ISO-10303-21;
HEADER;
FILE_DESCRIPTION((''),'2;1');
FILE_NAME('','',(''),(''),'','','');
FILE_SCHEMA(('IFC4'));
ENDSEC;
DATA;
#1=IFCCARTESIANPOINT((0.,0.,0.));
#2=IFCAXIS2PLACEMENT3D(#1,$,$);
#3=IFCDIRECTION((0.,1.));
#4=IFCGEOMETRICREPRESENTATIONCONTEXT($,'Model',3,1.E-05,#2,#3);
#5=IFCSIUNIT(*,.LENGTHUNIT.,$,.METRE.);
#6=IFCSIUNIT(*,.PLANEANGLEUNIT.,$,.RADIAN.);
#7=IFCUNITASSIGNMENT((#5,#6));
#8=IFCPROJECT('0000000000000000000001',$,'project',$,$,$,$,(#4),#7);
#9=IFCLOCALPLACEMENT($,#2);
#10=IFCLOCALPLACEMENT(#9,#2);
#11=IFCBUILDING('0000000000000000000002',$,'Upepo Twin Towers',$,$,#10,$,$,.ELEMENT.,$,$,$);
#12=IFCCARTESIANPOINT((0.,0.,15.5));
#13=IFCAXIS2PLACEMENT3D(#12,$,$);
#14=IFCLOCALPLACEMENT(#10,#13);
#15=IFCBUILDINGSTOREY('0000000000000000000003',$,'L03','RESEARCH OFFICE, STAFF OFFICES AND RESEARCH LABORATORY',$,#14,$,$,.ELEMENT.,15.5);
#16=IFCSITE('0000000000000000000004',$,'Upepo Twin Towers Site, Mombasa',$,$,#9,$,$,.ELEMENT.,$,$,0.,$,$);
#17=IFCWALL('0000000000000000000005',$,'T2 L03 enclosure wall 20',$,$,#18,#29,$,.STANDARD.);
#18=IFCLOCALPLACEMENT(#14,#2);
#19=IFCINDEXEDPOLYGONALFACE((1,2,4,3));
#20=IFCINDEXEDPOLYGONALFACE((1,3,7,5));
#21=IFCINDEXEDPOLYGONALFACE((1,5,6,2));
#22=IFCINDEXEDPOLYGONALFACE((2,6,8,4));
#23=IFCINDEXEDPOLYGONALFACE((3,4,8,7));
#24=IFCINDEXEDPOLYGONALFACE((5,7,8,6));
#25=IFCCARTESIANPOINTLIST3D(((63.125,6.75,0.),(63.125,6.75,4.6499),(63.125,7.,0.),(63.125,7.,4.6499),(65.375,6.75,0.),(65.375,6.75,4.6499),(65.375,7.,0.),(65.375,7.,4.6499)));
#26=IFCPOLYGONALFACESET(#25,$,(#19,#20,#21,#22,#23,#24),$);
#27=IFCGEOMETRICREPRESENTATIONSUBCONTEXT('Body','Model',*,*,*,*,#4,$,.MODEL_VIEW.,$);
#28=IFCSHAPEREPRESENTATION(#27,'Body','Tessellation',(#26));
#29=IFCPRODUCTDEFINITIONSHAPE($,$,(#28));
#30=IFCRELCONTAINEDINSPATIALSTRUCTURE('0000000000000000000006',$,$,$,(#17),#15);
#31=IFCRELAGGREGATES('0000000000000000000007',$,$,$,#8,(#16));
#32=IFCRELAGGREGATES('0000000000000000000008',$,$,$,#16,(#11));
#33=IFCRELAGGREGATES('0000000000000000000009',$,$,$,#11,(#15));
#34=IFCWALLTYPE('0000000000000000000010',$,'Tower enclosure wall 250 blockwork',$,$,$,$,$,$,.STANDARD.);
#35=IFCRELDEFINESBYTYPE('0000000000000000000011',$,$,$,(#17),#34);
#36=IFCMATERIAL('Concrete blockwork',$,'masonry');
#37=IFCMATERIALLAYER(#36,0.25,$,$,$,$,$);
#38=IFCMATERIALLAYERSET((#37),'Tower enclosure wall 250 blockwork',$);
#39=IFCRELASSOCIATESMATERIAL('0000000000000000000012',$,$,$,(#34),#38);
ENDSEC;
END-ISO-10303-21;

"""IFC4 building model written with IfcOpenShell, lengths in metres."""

from ifc_helpers import new_model, si_unit, direction, frame, frame_2d, origin, place, context, subcontext, project, spatial, rectangle, extrude, material, layer, layer_set, type_object, element, save


model = new_model("IFC4")

# Units and contexts
model_context = context("Model", 3, precision=1e-05, world=origin(), true_north=direction((0.0, 1.0)))
body_context = subcontext(model_context, "Body", "Model", "MODEL_VIEW")
ifc_project = project(units=[si_unit("LENGTHUNIT", "METRE"), si_unit("PLANEANGLEUNIT", "RADIAN")], contexts=[model_context])

# Site, building, storey
site_placement = place(None, origin())
site = spatial("IfcSite", under=ifc_project, at=site_placement, Name="Upepo Twin Towers Site, Mombasa", CompositionType="ELEMENT", RefElevation=0.0)
building_placement = place(site_placement, origin())
building = spatial("IfcBuilding", under=site, at=building_placement, Name="Upepo Twin Towers", CompositionType="ELEMENT")
storey_placement = place(building_placement, frame((0.0, 0.0, 15.5)))
storey = spatial("IfcBuildingStorey", under=building, at=storey_placement, Name="L03", Description="RESEARCH OFFICE, STAFF OFFICES AND RESEARCH LABORATORY", CompositionType="ELEMENT", Elevation=15.5)

# Shared definitions
ifc_material_1 = material(Name="Concrete blockwork", Category="masonry")
ifc_layer_1 = layer(ifc_material_1, 0.25)
ifc_layer_set_1 = layer_set([ifc_layer_1], Name="Tower enclosure wall 250 blockwork")
wall_type_1 = type_object("IfcWallType", Name="Tower enclosure wall 250 blockwork", PredefinedType="STANDARD", material=ifc_layer_set_1)

# Wall
for number, where, z_axis, x_axis, name in (
    (1, (63.125, 6.875, 0.0), (0.0, 0.0, 1.0), (1.0, 0.0, 0.0), "T2 L03 enclosure wall 20"),
):
    element("IfcWall", number, at=place(storey_placement, frame(where, z_axis=z_axis, x_axis=x_axis)), inside=storey, type_object=wall_type_1, Name=name, PredefinedType="STANDARD", context=body_context, shape_type="SweptSolid", body=[
        extrude(rectangle(XDim=2.25, YDim=0.25, at=frame_2d((1.125, 0.0))), origin(), (0.0, 0.0, 1.0), 4.6499),
    ])

save(model, "model.ifc")
